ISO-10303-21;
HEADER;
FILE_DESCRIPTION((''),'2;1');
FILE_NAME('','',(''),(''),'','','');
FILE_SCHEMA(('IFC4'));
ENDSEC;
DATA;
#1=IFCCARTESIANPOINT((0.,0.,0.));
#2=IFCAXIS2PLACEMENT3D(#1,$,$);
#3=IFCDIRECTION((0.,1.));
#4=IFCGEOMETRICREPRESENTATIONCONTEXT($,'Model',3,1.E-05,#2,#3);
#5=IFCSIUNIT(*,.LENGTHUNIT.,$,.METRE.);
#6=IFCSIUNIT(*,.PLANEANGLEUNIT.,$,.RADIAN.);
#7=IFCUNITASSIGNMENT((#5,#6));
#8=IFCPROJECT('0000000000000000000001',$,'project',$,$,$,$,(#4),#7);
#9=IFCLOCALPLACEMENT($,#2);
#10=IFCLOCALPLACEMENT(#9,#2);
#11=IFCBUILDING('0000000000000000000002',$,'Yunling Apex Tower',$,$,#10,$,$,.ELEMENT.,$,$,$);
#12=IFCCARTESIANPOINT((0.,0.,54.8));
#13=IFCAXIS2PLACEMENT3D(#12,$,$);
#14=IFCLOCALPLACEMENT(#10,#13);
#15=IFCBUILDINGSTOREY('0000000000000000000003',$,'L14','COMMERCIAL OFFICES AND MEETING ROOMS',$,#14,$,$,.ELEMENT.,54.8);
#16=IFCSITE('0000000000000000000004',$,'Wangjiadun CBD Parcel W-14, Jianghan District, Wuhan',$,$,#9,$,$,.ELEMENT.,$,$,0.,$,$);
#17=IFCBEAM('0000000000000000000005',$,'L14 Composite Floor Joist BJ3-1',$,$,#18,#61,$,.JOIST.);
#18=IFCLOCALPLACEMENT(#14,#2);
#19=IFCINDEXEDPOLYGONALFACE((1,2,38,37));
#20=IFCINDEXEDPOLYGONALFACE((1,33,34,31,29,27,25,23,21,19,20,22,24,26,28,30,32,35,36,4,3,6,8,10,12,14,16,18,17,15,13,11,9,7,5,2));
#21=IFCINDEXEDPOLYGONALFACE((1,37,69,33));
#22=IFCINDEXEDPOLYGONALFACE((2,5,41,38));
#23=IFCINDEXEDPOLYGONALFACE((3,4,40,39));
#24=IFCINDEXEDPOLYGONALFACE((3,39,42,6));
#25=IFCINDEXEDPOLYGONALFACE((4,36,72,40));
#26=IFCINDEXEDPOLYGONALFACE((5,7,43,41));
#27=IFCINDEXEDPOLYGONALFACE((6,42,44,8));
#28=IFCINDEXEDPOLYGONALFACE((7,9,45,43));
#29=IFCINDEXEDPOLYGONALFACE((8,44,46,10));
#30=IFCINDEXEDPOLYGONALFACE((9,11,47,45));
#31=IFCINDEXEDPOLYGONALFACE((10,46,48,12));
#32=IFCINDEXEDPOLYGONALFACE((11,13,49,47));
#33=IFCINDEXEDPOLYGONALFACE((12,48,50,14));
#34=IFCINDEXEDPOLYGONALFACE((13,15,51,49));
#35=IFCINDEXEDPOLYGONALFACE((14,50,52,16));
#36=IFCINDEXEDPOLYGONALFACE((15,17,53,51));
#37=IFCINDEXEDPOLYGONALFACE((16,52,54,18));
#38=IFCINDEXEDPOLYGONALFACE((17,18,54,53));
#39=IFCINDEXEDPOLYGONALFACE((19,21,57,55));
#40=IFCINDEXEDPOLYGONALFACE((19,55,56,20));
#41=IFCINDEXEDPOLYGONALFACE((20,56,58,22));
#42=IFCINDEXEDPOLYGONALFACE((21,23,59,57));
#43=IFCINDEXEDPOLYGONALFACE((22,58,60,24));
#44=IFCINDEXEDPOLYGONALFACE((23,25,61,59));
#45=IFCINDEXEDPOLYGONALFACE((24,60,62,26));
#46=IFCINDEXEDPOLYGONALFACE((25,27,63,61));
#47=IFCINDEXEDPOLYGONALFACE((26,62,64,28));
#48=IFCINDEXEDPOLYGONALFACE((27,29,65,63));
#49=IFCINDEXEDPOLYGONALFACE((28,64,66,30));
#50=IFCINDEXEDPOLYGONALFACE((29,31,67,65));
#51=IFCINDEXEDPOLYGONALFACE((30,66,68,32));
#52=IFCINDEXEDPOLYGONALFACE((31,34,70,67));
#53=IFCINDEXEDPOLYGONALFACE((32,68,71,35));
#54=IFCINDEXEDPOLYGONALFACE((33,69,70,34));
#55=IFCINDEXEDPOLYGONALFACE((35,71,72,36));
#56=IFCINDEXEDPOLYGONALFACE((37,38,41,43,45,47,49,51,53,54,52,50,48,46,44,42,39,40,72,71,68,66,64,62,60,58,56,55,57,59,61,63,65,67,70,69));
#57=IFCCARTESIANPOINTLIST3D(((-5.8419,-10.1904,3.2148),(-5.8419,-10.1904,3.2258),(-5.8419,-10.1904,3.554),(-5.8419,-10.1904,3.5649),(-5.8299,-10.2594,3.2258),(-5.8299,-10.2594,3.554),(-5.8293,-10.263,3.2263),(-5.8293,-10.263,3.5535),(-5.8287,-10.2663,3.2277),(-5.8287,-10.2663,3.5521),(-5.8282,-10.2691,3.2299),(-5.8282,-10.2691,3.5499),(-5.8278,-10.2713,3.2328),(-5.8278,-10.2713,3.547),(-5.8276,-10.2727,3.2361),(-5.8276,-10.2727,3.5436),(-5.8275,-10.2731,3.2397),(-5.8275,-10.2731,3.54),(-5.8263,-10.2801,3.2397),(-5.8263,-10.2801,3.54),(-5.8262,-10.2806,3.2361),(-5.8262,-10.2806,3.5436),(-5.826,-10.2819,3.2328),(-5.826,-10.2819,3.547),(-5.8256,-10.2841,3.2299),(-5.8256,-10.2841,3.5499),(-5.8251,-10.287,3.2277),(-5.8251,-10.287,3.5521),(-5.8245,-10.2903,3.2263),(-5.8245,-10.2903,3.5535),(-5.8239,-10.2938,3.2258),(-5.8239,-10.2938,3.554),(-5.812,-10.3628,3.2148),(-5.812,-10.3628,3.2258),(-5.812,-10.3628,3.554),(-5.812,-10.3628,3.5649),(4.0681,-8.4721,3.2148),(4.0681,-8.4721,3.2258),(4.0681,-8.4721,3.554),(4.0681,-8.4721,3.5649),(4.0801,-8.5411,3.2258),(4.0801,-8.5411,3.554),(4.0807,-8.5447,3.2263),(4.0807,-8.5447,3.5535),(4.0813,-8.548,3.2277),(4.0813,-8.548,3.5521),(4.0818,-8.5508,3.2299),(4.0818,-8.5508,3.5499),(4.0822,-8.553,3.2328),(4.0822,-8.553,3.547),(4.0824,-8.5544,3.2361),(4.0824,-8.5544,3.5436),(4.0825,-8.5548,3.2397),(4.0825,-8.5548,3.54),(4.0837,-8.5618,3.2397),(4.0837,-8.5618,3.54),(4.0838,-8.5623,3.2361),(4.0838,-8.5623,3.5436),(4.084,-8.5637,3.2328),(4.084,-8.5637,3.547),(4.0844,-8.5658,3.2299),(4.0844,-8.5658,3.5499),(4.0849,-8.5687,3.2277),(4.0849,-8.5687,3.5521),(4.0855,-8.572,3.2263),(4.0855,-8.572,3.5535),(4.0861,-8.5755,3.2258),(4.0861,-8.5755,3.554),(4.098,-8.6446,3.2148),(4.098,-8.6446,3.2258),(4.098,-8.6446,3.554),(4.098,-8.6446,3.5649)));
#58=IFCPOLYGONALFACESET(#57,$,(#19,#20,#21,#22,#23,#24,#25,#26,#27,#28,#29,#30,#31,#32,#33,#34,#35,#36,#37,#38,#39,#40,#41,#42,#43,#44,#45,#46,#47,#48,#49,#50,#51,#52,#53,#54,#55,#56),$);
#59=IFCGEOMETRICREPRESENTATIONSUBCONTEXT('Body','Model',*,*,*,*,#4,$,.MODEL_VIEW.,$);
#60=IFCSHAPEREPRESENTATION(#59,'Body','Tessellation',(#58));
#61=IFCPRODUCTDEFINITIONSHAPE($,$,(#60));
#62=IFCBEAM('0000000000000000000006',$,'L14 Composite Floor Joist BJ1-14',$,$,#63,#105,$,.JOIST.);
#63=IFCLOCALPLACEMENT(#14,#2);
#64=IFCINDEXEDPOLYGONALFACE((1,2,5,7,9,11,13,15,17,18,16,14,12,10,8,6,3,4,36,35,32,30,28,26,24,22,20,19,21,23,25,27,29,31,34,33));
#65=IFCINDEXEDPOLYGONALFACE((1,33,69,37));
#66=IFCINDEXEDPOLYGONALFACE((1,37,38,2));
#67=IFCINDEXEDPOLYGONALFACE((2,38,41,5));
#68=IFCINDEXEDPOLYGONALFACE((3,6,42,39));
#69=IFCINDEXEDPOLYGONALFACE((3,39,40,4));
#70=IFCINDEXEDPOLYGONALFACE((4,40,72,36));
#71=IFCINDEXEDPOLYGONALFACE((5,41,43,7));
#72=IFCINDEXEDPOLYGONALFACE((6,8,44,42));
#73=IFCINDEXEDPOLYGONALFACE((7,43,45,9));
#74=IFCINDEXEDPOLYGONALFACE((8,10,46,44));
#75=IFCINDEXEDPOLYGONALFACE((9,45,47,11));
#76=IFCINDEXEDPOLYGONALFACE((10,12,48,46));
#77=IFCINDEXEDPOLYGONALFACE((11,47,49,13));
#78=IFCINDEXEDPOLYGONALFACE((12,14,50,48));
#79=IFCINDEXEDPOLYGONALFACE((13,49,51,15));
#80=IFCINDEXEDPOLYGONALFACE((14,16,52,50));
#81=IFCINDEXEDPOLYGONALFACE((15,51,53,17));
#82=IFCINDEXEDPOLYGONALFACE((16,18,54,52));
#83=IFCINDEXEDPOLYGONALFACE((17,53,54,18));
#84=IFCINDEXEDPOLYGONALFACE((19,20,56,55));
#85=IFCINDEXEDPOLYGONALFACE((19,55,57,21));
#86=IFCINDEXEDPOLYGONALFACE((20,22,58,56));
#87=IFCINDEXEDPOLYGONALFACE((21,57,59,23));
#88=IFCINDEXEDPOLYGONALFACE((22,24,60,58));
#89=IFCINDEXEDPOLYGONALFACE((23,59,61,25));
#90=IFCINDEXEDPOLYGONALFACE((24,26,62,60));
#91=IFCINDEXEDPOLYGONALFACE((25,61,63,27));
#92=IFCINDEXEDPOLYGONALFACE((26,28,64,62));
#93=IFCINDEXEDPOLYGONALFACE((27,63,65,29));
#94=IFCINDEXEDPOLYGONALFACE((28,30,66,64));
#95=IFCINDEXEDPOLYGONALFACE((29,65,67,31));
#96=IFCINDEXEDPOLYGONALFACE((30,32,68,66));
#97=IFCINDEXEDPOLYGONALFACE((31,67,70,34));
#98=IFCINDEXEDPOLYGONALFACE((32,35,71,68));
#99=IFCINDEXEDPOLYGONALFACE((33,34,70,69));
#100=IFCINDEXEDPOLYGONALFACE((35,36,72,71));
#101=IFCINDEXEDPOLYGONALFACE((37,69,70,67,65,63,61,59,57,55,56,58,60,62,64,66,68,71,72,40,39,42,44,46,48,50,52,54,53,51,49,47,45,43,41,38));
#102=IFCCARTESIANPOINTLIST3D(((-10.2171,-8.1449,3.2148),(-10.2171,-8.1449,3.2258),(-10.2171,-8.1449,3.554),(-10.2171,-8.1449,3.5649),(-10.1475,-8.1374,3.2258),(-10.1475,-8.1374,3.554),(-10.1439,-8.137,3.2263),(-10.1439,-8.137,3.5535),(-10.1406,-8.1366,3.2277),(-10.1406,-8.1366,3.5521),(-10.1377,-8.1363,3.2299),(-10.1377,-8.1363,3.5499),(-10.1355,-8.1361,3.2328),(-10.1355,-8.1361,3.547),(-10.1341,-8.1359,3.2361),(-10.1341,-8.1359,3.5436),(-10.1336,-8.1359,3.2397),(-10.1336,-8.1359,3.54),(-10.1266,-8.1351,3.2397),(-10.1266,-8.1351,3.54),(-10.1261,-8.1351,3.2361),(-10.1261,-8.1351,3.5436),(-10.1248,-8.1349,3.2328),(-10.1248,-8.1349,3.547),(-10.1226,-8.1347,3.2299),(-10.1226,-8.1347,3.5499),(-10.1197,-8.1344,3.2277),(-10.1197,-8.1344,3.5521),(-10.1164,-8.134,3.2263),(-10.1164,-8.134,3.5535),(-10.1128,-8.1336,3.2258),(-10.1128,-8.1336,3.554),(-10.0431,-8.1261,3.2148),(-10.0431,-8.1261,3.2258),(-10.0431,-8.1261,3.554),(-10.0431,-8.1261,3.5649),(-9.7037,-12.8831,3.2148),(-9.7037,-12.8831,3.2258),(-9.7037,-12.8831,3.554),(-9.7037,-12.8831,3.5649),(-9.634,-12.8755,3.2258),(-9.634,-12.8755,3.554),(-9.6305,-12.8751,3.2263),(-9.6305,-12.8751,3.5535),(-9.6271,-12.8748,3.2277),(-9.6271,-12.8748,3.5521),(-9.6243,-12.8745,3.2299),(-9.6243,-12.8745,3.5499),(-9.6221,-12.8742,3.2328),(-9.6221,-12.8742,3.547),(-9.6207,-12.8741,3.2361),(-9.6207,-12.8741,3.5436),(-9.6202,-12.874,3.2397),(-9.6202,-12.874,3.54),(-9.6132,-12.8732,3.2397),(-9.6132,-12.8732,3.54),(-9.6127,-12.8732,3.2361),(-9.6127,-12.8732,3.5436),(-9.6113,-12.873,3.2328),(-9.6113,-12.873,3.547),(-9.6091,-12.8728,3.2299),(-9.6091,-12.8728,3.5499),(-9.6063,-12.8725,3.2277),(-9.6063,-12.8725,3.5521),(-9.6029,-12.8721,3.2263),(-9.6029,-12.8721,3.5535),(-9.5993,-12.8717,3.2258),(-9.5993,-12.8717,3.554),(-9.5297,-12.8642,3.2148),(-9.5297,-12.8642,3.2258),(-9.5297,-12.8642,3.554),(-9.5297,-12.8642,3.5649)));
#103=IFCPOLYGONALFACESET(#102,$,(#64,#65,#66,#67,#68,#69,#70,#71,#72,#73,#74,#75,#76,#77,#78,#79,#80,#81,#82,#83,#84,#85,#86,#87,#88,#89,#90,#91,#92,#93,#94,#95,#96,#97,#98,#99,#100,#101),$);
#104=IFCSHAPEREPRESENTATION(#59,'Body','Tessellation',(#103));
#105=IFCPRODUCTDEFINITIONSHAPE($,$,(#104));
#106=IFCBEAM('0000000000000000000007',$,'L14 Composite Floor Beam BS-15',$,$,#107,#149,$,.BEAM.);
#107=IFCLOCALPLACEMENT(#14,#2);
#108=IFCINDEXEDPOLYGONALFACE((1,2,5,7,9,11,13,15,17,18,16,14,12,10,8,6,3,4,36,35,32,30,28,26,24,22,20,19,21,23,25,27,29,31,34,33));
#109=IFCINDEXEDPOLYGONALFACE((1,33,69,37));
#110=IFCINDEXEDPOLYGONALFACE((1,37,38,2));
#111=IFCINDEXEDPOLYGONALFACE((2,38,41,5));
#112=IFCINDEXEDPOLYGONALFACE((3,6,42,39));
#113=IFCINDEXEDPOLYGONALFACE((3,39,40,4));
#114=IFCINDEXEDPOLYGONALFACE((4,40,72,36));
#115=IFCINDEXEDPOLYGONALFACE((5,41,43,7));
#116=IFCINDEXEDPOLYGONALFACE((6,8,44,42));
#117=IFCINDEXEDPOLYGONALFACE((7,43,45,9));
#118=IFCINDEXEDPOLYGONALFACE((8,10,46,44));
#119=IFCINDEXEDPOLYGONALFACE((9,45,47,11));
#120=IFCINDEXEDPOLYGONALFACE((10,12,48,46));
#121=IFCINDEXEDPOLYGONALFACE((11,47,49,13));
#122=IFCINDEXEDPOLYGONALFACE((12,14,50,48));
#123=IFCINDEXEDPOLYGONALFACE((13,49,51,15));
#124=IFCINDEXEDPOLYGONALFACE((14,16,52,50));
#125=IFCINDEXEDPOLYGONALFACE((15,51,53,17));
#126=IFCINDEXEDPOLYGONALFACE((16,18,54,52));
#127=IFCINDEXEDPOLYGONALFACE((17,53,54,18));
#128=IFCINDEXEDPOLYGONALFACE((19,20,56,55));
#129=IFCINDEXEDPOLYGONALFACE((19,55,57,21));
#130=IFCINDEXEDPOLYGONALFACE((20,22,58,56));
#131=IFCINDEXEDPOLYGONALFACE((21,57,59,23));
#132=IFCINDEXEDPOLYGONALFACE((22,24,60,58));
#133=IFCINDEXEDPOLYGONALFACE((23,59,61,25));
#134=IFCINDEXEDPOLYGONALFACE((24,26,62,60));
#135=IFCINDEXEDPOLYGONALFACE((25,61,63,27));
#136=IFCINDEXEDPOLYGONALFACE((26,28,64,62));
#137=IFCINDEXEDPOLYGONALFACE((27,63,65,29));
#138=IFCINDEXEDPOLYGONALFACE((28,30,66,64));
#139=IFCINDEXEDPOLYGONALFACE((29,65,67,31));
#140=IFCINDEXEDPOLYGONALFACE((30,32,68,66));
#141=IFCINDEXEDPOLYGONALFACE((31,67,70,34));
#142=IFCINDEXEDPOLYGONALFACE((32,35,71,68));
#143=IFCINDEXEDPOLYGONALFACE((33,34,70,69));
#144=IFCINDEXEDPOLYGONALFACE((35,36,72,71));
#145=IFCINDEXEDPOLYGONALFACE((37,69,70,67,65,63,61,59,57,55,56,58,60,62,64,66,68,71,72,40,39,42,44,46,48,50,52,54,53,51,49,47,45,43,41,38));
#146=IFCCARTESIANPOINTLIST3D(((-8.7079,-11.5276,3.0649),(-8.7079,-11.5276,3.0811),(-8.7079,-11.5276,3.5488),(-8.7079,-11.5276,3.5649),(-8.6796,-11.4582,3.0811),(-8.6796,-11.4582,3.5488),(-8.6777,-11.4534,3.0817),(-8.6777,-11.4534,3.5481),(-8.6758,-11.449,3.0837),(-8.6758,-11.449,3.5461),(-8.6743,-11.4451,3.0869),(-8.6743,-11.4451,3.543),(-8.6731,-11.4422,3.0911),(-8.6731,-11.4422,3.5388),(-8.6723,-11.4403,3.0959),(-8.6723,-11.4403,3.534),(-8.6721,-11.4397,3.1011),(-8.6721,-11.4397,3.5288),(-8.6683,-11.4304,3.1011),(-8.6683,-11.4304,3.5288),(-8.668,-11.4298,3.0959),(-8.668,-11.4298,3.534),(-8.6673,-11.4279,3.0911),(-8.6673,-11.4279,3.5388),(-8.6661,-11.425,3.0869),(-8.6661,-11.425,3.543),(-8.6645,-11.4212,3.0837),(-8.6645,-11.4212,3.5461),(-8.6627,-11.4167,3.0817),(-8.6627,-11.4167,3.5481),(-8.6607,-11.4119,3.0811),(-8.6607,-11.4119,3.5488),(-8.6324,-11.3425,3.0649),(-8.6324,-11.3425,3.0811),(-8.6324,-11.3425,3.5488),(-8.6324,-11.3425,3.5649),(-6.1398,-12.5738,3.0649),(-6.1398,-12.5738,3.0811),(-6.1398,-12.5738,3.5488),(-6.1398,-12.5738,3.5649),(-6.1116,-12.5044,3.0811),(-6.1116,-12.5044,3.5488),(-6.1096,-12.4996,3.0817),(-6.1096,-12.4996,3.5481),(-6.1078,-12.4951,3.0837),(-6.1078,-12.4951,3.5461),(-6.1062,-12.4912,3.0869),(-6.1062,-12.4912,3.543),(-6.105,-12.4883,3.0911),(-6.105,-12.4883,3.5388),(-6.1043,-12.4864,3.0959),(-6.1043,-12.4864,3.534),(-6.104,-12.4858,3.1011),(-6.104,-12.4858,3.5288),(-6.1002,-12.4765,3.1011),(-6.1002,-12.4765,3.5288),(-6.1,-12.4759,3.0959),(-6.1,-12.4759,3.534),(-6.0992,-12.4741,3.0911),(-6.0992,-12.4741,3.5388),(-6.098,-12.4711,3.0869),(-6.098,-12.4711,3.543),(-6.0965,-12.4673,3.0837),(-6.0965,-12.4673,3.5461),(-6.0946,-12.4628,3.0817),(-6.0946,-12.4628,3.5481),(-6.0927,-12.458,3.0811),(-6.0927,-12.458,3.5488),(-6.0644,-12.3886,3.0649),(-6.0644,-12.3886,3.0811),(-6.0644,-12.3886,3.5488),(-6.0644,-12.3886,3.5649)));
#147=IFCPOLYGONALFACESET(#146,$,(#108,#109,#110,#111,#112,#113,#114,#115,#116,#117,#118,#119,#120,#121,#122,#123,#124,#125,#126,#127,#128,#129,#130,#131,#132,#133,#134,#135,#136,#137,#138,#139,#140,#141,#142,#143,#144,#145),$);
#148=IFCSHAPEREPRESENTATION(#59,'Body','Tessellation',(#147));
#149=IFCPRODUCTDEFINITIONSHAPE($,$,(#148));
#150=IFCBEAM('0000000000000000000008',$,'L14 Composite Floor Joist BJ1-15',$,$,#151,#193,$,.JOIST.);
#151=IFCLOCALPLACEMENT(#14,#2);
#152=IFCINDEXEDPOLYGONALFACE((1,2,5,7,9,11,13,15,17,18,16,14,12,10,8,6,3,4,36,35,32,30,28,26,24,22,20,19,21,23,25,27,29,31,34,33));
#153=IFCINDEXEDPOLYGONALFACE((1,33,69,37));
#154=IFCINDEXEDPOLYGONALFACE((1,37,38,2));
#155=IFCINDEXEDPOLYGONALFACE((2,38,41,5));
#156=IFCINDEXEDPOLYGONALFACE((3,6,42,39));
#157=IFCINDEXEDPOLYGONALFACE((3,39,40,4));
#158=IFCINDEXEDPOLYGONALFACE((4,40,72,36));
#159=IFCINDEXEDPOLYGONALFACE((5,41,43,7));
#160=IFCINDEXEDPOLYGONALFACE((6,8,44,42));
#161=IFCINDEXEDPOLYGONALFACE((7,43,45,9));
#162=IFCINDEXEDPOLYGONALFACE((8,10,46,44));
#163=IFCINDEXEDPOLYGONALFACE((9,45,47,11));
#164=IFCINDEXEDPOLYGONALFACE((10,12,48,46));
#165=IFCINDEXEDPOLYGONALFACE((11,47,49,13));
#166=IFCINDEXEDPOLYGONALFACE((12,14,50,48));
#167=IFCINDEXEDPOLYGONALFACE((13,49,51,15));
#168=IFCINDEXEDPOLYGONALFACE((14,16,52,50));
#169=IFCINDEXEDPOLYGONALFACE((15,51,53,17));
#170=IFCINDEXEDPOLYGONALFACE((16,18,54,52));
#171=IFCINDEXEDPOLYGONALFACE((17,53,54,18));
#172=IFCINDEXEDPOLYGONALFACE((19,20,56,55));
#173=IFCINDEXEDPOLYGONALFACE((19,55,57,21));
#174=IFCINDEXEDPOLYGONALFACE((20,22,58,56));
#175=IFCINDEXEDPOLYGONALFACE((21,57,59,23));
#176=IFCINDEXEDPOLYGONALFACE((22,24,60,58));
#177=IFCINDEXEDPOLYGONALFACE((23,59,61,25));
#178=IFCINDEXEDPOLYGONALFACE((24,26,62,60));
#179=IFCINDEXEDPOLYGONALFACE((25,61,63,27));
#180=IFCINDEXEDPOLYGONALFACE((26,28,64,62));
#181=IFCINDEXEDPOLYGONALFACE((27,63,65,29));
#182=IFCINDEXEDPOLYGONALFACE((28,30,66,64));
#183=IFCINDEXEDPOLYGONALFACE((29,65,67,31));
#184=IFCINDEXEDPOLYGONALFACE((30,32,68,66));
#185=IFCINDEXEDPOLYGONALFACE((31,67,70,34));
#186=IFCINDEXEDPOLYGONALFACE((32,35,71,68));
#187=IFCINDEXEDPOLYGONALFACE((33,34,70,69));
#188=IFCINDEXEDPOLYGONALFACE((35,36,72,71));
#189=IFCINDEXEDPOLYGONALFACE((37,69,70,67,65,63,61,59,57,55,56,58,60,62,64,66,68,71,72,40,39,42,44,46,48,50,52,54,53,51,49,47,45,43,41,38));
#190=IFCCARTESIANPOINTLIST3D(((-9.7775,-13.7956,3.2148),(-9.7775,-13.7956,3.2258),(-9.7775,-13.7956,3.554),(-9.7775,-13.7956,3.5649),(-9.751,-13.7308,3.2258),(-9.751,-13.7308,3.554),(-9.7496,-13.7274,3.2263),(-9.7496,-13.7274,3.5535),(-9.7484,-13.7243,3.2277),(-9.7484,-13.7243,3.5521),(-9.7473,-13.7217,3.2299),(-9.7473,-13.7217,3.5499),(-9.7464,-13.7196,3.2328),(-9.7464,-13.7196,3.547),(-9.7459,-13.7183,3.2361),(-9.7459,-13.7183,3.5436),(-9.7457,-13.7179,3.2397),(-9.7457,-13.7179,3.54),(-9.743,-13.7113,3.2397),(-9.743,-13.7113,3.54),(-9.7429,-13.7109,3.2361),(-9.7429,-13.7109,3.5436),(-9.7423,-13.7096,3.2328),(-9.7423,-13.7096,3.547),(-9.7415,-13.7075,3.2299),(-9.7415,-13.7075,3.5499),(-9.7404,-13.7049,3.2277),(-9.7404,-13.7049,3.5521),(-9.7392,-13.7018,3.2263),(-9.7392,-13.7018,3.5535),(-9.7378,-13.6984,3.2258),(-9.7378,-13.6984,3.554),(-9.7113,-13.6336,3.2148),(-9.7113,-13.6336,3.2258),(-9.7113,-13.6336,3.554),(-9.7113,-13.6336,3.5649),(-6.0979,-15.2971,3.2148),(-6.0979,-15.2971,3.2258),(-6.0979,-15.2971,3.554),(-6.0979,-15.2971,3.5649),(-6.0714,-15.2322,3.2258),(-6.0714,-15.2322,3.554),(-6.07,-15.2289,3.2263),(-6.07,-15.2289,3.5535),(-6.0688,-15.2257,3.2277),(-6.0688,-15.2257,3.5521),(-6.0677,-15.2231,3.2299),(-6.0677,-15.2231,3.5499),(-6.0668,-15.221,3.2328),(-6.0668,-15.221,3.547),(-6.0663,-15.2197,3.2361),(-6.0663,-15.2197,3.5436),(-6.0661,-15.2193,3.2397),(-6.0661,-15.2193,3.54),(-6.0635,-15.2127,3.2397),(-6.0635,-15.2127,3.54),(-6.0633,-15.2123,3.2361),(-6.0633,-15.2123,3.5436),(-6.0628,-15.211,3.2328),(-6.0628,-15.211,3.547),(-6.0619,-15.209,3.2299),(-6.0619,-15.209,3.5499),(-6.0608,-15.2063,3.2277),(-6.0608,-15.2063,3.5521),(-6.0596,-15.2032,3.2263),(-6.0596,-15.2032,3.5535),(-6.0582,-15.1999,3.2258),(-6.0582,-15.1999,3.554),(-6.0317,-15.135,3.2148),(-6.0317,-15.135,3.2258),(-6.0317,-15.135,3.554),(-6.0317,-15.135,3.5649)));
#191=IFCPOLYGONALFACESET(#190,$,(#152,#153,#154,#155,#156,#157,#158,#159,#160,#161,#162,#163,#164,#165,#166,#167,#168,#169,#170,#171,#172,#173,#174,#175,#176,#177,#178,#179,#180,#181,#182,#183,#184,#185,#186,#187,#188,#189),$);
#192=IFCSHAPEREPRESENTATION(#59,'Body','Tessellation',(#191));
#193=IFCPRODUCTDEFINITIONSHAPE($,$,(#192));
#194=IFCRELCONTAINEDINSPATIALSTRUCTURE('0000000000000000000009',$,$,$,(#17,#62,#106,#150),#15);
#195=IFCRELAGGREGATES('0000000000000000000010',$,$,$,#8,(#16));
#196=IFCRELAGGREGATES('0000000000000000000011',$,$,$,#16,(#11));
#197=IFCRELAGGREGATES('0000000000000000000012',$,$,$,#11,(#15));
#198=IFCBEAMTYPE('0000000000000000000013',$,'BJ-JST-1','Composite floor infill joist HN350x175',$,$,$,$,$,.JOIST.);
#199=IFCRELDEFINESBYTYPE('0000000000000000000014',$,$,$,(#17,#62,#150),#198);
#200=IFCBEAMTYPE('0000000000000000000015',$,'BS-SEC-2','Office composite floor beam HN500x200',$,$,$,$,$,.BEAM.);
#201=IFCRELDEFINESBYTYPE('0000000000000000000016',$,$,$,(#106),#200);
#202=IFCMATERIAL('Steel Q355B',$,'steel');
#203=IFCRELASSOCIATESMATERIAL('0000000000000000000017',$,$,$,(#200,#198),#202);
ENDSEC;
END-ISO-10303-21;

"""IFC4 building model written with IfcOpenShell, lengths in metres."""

from ifc_helpers import new_model, si_unit, direction, frame, origin, origin_2d, place, context, subcontext, project, spatial, i_section, extrude, source, transform, mapped, material, material_profile, profile_set, type_object, element, save


model = new_model("IFC4")

# Units and contexts
model_context = context("Model", 3, precision=1e-05, world=origin(), true_north=direction((0.0, 1.0)))
body_context = subcontext(model_context, "Body", "Model", "MODEL_VIEW")
ifc_project = project(units=[si_unit("LENGTHUNIT", "METRE"), si_unit("PLANEANGLEUNIT", "RADIAN")], contexts=[model_context])

# Site, building, storey
site_placement = place(None, origin())
site = spatial("IfcSite", under=ifc_project, at=site_placement, Name="Wangjiadun CBD Parcel W-14, Jianghan District, Wuhan", CompositionType="ELEMENT", RefElevation=0.0)
building_placement = place(site_placement, origin())
building = spatial("IfcBuilding", under=site, at=building_placement, Name="Yunling Apex Tower", CompositionType="ELEMENT")
storey_placement = place(building_placement, frame((0.0, 0.0, 54.8)))
storey = spatial("IfcBuildingStorey", under=building, at=storey_placement, Name="L14", Description="COMMERCIAL OFFICES AND MEETING ROOMS", CompositionType="ELEMENT", Elevation=54.8)

# Beams
ifc_material_1 = material(Name="Steel Q355B", Category="steel")
ifc_material_profile_1 = material_profile(ifc_material_1, i_section(OverallWidth=0.2, OverallDepth=0.5, WebThickness=0.01, FlangeThickness=0.0161, FilletRadius=0.02, at=origin_2d()))
ifc_profile_set_1 = profile_set([ifc_material_profile_1], Name="Steel Q355B")
beam_type_1 = type_object("IfcBeamType", Name="BS-SEC-2", Description="Office composite floor beam HN500x200", PredefinedType="BEAM", material=ifc_profile_set_1)
ifc_material_profile_2 = material_profile(ifc_material_1, i_section(OverallWidth=0.175, OverallDepth=0.3501, WebThickness=0.0071, FlangeThickness=0.011, FilletRadius=0.0139, at=origin_2d()))
ifc_profile_set_2 = profile_set([ifc_material_profile_2], Name="Steel Q355B")
beam_type_2 = type_object("IfcBeamType", Name="BJ-JST-1", Description="Composite floor infill joist HN350x175", PredefinedType="JOIST", material=ifc_profile_set_2)
shared_shape_1 = source(origin(), body_context, "Body", "SweptSolid", [
    extrude(i_section(OverallWidth=0.175, OverallDepth=0.3501, WebThickness=0.0071, FlangeThickness=0.011, FilletRadius=0.0139, at=origin_2d()), origin(), (0.0, 0.0, 1.0), 10.0579),
])
beam_1_placement = place(storey_placement, frame((-5.8269, -10.2766, 3.3899), z_axis=(0.985299, 0.170839, 0.0), x_axis=(-0.170839, 0.985299, 0.0)))
element("IfcBeam", 1, at=beam_1_placement, inside=storey, type_object=beam_type_2, Name="L14 Composite Floor Joist BJ3-1", PredefinedType="JOIST", context=body_context, shape_type="MappedRepresentation", body=[
    mapped(shared_shape_1, transform((0.0, 0.0, 0.0), scale=1.0)),
])
shared_shape_2 = source(origin(), body_context, "Body", "SweptSolid", [
    extrude(i_section(OverallWidth=0.175, OverallDepth=0.3501, WebThickness=0.0071, FlangeThickness=0.011, FilletRadius=0.0139, at=origin_2d()), origin(), (0.0, 0.0, 1.0), 4.7659),
])
beam_2_placement = place(storey_placement, frame((-10.1301, -8.1355, 3.3899), z_axis=(0.107732, -0.99418, 0.0), x_axis=(0.99418, 0.107732, 0.0)))
element("IfcBeam", 2, at=beam_2_placement, inside=storey, type_object=beam_type_2, Name="L14 Composite Floor Joist BJ1-14", PredefinedType="JOIST", context=body_context, shape_type="MappedRepresentation", body=[
    mapped(shared_shape_2, transform((0.0, 0.0, 0.0), scale=1.0)),
])
shared_shape_3 = source(origin(), body_context, "Body", "SweptSolid", [
    extrude(i_section(OverallWidth=0.2, OverallDepth=0.5, WebThickness=0.01, FlangeThickness=0.0161, FilletRadius=0.02, at=origin_2d()), origin(), (0.0, 0.0, 1.0), 2.7729),
])
beam_3_placement = place(storey_placement, frame((-8.6702, -11.4351, 3.3149), z_axis=(0.926108, -0.377258, 0.0), x_axis=(0.377258, 0.926108, 0.0)))
element("IfcBeam", 3, at=beam_3_placement, inside=storey, type_object=beam_type_1, Name="L14 Composite Floor Beam BS-15", PredefinedType="BEAM", context=body_context, shape_type="MappedRepresentation", body=[
    mapped(shared_shape_3, transform((0.0, 0.0, 0.0), scale=1.0)),
])
shared_shape_4 = source(origin(), body_context, "Body", "SweptSolid", [
    extrude(i_section(OverallWidth=0.175, OverallDepth=0.3501, WebThickness=0.0071, FlangeThickness=0.011, FilletRadius=0.0139, at=origin_2d()), origin(), (0.0, 0.0, 1.0), 3.9741),
])
beam_4_placement = place(storey_placement, frame((-9.7444, -13.7146, 3.3899), z_axis=(0.925887, -0.3778, 0.0), x_axis=(0.3778, 0.925887, 0.0)))
element("IfcBeam", 4, at=beam_4_placement, inside=storey, type_object=beam_type_2, Name="L14 Composite Floor Joist BJ1-15", PredefinedType="JOIST", context=body_context, shape_type="MappedRepresentation", body=[
    mapped(shared_shape_4, transform((0.0, 0.0, 0.0), scale=1.0)),
])

save(model, "model.ifc")
